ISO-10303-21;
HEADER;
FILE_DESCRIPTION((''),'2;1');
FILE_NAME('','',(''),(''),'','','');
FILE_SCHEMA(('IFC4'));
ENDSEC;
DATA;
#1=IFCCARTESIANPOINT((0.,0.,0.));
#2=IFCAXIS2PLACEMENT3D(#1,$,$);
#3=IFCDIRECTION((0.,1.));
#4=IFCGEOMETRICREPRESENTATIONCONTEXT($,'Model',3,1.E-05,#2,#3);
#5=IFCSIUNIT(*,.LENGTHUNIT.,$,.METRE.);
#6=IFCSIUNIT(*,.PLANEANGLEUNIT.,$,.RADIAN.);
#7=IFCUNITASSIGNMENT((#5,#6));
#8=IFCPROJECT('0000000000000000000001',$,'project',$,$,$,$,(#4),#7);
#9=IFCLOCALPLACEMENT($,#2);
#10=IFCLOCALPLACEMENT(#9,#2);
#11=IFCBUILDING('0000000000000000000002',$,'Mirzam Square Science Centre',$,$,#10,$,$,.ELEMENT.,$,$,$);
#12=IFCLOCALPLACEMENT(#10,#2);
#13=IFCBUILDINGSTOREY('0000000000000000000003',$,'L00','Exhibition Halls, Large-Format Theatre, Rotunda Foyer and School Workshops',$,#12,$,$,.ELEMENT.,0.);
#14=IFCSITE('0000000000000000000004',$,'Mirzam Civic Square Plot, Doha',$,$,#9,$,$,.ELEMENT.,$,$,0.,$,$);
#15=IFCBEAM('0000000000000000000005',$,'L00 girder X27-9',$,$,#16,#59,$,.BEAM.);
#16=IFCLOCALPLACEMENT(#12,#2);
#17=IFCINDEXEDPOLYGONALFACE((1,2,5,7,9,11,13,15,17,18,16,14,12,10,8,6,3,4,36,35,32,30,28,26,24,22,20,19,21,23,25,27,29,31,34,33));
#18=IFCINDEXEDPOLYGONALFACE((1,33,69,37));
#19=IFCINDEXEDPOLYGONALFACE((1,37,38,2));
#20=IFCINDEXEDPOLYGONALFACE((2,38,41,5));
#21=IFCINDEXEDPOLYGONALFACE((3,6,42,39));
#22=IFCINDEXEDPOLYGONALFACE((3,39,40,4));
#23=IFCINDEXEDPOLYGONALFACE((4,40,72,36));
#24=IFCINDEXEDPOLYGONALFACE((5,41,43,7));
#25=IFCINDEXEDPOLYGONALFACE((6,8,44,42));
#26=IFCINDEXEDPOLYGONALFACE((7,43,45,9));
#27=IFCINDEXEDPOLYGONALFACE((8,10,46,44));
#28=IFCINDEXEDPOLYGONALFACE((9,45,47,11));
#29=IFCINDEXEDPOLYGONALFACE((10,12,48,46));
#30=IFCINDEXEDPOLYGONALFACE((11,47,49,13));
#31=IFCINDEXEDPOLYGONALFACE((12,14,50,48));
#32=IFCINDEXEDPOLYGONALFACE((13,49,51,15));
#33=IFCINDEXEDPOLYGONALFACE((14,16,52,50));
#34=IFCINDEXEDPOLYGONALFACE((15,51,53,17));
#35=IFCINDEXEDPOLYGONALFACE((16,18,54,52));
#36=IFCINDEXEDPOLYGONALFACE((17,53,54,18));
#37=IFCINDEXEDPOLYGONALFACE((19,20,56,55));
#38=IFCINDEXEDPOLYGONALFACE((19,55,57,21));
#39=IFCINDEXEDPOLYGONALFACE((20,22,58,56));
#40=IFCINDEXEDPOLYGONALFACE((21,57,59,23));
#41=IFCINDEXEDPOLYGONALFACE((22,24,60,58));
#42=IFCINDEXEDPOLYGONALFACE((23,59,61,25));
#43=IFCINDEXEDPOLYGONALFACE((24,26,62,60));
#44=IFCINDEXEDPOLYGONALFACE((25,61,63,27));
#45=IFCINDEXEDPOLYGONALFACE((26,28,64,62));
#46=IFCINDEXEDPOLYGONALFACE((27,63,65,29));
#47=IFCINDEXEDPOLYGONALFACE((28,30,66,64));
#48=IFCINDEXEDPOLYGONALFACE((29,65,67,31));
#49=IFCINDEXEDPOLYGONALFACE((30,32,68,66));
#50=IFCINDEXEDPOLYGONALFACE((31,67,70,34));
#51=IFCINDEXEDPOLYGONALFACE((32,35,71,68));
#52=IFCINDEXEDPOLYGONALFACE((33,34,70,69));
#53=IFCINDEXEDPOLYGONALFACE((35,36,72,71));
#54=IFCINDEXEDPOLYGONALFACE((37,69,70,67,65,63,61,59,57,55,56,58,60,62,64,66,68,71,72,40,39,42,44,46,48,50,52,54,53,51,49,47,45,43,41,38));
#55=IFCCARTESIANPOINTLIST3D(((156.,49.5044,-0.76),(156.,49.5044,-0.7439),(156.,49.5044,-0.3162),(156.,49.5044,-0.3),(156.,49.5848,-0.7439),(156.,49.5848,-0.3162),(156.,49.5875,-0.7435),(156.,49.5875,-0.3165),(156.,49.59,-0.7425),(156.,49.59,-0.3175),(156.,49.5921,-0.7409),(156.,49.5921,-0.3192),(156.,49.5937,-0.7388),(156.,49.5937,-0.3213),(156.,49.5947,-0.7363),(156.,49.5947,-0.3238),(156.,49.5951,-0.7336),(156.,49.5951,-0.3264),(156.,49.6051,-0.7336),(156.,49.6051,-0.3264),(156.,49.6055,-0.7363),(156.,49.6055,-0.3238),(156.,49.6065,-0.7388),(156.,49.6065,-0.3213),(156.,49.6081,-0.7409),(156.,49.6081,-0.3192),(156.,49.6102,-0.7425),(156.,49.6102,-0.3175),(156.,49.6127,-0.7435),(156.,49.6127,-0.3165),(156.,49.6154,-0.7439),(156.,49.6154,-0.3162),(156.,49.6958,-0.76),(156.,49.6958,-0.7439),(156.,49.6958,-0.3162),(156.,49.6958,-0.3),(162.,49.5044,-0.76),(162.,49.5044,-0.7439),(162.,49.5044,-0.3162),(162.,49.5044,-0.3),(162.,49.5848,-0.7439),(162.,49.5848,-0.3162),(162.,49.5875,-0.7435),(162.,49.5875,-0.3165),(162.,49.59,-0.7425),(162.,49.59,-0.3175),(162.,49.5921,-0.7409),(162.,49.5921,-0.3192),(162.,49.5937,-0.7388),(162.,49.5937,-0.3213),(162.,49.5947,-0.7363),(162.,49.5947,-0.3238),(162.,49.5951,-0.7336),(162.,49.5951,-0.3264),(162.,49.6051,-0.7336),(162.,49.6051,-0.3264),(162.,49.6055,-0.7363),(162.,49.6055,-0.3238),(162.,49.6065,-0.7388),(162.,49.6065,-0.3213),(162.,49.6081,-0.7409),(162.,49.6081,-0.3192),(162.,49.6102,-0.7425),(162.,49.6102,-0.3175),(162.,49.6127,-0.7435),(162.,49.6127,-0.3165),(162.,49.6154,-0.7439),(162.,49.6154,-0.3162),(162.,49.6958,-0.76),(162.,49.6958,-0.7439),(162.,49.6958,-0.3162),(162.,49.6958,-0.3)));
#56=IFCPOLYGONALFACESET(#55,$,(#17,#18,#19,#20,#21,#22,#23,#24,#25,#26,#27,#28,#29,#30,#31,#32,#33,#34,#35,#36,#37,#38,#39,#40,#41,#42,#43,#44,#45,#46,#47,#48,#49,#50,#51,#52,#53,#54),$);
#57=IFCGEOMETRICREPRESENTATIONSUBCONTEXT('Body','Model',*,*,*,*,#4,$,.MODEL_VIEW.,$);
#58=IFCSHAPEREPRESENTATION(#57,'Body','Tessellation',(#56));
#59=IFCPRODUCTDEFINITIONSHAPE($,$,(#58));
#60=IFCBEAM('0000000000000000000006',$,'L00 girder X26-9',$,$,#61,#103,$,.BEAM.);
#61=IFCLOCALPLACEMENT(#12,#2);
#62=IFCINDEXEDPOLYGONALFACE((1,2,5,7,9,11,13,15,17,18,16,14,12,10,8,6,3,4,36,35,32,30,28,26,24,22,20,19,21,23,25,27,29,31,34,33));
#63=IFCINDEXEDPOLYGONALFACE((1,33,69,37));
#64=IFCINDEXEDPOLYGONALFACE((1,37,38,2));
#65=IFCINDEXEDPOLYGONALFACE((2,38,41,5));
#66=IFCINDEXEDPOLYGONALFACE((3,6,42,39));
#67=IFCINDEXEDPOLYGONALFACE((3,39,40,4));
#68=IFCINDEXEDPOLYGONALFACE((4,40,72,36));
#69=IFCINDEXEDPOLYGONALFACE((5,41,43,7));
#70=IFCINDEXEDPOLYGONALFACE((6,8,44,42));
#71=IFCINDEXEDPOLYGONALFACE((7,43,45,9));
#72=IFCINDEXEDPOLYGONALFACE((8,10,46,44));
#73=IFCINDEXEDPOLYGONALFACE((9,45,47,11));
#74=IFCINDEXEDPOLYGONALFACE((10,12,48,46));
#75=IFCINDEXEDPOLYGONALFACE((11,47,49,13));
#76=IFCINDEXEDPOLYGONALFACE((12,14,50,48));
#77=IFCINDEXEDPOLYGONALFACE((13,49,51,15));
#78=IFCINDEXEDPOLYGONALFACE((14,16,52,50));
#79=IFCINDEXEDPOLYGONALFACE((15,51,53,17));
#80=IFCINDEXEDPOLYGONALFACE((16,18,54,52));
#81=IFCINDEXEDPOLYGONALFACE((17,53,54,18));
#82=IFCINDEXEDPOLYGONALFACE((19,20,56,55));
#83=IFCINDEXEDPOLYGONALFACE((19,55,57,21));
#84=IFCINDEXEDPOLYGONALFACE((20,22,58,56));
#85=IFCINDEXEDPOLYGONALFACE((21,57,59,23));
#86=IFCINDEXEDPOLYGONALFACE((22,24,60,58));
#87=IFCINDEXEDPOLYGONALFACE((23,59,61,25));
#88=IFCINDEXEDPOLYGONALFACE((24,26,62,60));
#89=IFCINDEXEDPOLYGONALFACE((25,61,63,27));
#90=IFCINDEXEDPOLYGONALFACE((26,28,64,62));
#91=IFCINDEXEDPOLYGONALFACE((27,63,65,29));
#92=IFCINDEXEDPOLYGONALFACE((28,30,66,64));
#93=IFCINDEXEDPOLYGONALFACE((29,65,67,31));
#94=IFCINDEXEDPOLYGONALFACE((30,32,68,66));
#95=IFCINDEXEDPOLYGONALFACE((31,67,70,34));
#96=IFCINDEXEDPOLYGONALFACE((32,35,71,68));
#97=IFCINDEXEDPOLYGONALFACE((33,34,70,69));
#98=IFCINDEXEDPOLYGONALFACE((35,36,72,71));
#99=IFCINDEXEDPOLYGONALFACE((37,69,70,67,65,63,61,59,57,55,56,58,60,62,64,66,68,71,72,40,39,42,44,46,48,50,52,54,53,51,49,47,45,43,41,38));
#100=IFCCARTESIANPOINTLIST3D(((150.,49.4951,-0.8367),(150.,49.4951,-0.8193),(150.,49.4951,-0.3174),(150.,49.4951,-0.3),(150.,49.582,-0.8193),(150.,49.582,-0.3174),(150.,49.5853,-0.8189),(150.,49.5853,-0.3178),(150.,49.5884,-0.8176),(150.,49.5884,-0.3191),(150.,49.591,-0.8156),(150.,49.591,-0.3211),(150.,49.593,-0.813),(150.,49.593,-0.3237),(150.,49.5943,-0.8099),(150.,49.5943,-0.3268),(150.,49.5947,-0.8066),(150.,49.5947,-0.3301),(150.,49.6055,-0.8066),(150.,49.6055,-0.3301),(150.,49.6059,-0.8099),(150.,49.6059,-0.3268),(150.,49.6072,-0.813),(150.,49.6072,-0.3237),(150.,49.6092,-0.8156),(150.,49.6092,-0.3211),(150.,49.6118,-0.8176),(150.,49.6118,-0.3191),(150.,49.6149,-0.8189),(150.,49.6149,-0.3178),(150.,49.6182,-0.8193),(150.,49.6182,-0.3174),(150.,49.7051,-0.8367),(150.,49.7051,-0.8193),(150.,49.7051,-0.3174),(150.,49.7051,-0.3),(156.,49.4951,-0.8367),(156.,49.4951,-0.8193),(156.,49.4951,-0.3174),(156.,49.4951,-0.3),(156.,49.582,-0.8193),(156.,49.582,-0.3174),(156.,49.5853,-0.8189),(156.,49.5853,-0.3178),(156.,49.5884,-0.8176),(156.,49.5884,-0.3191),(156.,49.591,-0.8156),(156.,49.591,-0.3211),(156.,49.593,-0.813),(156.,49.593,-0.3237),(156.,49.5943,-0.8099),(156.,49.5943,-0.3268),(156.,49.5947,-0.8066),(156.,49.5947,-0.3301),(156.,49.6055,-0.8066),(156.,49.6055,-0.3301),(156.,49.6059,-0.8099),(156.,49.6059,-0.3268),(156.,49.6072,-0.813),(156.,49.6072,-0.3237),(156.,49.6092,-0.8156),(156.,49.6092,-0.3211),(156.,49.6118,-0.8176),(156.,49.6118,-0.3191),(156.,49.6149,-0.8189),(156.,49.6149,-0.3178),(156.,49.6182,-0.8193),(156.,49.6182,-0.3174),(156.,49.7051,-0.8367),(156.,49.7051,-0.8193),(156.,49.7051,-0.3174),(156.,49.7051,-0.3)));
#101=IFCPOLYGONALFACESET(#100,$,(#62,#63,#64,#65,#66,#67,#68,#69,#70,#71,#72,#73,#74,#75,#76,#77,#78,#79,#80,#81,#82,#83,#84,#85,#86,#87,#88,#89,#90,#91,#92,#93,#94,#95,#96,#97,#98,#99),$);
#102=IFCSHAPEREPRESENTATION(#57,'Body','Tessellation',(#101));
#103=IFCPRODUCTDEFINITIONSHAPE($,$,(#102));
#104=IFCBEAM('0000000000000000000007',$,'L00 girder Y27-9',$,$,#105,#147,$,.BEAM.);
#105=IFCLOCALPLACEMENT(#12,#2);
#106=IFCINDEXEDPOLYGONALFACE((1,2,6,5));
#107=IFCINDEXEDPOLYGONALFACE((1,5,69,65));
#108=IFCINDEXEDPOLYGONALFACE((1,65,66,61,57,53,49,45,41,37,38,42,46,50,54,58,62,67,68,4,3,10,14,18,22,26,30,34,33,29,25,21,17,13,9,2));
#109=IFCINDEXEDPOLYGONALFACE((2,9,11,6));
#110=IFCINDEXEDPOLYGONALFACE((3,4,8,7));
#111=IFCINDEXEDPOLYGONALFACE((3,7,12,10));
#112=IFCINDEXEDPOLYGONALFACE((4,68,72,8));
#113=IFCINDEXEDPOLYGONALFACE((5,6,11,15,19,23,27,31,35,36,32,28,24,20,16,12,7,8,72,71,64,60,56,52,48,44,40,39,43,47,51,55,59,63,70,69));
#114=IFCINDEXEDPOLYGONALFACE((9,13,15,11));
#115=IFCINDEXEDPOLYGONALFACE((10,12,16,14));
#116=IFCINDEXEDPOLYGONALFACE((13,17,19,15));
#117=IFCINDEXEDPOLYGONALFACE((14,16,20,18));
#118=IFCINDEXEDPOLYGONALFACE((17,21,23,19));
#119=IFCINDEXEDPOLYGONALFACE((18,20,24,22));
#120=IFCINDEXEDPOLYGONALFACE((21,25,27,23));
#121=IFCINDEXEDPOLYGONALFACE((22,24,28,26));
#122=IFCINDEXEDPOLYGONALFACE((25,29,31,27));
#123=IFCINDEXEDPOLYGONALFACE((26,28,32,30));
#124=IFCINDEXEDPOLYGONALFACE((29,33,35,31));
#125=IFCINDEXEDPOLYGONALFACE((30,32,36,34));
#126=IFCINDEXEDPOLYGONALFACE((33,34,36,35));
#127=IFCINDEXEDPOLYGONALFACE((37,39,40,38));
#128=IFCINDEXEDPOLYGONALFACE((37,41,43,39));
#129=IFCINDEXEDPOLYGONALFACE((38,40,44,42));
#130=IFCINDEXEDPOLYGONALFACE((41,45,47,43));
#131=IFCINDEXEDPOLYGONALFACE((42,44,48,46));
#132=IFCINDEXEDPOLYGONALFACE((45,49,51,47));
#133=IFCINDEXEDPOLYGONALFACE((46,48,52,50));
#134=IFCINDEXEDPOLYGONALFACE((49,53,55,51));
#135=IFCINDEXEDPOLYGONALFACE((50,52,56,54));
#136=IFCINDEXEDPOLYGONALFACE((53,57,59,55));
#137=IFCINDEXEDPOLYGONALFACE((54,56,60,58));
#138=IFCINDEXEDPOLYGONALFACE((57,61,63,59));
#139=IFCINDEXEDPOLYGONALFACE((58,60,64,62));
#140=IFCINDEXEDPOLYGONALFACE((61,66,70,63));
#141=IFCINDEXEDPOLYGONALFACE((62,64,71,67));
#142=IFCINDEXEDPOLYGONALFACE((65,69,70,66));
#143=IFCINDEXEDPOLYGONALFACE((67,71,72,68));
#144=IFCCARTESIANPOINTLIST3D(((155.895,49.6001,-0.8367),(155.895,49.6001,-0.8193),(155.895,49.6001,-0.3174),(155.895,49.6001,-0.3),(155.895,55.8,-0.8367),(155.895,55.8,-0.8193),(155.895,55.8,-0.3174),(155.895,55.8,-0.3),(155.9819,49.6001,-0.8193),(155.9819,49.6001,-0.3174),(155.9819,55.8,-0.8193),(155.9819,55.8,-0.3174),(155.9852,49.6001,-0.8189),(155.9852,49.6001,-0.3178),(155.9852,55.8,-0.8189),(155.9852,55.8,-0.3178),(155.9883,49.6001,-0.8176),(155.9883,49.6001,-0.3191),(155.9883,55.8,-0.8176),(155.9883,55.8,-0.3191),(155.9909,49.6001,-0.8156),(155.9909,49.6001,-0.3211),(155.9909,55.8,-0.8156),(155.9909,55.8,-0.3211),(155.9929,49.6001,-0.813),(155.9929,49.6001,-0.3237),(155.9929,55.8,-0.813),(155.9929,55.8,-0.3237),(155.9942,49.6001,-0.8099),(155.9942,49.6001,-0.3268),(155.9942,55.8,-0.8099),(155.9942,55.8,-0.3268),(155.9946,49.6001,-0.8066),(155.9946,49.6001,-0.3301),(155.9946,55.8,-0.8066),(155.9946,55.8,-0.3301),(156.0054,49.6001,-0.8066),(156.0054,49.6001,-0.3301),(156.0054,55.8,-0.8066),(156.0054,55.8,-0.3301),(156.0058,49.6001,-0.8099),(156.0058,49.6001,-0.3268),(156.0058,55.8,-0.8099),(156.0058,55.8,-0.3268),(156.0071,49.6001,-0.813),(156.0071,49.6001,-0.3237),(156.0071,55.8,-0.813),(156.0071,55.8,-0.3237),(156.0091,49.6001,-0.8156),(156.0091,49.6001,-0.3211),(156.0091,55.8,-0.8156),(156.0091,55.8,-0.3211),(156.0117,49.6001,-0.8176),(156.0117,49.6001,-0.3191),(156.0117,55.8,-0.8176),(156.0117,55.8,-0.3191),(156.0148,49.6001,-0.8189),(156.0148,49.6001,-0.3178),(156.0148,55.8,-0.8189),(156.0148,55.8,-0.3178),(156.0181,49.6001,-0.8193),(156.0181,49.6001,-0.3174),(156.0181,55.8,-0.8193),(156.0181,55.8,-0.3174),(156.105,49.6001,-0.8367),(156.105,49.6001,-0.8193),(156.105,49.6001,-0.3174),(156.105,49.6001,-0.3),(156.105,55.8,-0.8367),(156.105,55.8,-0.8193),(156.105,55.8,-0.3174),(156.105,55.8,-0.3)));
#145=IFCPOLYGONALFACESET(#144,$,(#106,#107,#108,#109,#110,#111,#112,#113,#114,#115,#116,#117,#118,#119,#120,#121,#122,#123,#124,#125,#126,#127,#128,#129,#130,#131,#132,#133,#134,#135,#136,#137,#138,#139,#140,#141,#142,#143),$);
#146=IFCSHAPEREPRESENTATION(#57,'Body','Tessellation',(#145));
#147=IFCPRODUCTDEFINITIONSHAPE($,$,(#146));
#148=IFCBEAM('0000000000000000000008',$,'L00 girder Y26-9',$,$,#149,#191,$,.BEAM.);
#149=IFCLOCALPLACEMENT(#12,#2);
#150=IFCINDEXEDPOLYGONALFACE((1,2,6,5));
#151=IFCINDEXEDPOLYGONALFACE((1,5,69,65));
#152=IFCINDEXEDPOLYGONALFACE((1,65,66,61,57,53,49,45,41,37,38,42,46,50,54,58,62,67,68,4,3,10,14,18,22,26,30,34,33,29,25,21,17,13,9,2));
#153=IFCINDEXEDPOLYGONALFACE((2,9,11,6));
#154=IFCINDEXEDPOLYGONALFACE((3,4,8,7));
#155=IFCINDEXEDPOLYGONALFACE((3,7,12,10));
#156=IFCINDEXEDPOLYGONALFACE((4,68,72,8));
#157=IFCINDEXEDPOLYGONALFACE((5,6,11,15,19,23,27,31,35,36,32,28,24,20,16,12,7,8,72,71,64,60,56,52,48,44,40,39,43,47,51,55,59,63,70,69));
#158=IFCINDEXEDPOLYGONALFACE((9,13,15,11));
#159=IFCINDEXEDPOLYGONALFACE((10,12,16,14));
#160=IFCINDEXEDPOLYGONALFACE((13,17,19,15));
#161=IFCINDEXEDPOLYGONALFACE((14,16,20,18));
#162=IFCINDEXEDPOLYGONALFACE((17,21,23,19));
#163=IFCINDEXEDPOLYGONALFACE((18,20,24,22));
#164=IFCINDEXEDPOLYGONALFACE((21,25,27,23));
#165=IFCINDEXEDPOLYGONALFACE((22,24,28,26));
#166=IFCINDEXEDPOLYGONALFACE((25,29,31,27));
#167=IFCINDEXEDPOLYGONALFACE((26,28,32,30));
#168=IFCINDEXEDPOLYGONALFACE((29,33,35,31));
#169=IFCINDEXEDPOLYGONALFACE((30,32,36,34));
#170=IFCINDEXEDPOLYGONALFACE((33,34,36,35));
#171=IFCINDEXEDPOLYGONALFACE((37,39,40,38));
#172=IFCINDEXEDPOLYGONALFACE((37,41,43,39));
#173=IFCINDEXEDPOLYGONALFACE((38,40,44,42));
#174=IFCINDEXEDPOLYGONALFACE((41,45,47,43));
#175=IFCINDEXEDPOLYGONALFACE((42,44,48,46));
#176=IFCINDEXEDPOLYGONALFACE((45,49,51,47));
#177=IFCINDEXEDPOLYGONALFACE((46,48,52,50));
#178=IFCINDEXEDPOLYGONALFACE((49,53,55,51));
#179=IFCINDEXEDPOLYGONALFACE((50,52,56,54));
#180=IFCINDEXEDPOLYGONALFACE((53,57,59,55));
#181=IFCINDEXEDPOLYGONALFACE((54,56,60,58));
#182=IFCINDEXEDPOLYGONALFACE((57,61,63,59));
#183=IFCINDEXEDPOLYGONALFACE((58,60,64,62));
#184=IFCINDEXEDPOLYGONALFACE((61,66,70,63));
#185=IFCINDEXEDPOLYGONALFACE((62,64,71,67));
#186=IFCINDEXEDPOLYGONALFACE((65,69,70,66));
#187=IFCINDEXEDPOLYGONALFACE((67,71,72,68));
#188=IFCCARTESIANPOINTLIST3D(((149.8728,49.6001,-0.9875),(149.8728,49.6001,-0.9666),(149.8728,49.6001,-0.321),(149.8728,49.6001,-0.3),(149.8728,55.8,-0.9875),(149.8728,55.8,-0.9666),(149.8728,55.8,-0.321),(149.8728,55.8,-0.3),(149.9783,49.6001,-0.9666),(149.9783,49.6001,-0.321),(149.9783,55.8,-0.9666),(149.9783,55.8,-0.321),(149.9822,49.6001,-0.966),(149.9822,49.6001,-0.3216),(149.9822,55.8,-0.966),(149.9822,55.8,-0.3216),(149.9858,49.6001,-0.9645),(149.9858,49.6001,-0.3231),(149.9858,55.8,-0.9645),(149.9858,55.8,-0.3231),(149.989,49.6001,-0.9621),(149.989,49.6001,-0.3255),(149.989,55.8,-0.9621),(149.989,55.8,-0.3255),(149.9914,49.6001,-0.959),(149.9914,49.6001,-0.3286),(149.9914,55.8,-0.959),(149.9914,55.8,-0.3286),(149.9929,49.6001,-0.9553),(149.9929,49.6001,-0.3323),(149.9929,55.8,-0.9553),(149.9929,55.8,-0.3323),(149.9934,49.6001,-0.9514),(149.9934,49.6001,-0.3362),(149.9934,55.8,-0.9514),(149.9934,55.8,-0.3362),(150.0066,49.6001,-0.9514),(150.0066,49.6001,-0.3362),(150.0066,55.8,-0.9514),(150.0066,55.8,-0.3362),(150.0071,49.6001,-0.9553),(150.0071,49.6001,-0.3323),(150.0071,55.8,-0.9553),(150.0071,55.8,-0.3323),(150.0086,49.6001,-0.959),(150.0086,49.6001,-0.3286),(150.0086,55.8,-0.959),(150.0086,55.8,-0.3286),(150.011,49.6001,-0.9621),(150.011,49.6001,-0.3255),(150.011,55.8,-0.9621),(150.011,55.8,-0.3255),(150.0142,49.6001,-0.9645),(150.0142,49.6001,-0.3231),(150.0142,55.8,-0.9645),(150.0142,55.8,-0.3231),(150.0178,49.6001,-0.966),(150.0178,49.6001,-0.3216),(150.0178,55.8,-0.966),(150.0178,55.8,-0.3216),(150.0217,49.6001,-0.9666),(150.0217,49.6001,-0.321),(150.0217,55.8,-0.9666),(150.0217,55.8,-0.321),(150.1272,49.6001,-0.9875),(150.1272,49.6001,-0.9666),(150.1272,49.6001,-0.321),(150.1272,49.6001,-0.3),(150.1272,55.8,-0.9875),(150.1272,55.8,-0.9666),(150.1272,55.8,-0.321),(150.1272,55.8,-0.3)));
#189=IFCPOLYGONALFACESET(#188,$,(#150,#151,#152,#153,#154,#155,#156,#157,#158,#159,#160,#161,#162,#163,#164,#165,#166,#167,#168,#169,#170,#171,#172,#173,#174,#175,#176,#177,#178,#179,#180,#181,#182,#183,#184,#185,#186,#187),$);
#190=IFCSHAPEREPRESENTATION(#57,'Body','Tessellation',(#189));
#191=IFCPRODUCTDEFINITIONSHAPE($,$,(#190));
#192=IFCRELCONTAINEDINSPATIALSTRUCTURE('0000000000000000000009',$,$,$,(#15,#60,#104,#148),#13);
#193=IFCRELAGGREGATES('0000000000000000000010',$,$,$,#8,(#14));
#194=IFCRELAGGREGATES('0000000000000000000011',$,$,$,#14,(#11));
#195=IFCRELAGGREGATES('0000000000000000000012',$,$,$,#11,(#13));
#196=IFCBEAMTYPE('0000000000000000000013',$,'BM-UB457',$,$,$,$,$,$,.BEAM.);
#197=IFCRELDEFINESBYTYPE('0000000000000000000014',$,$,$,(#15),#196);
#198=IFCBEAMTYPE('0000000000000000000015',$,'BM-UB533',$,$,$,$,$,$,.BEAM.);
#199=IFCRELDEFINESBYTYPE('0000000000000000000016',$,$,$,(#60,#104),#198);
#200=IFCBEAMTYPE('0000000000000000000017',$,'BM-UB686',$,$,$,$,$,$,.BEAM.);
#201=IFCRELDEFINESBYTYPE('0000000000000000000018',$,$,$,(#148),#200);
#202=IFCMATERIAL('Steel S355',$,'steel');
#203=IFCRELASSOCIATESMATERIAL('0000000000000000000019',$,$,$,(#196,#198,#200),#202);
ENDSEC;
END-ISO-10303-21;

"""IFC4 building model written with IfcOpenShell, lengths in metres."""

from ifc_helpers import new_model, si_unit, direction, frame, origin, origin_2d, place, context, subcontext, project, spatial, i_section, extrude, material, material_profile, profile_set, type_object, element, save


model = new_model("IFC4")

# Units and contexts
model_context = context("Model", 3, precision=1e-05, world=origin(), true_north=direction((0.0, 1.0)))
body_context = subcontext(model_context, "Body", "Model", "MODEL_VIEW")
ifc_project = project(units=[si_unit("LENGTHUNIT", "METRE"), si_unit("PLANEANGLEUNIT", "RADIAN")], contexts=[model_context])

# Site, building, storey
site_placement = place(None, origin())
site = spatial("IfcSite", under=ifc_project, at=site_placement, Name="Mirzam Civic Square Plot, Doha", CompositionType="ELEMENT", RefElevation=0.0)
building_placement = place(site_placement, origin())
building = spatial("IfcBuilding", under=site, at=building_placement, Name="Mirzam Square Science Centre", CompositionType="ELEMENT")
storey_placement = place(building_placement, origin())
storey = spatial("IfcBuildingStorey", under=building, at=storey_placement, Name="L00", Description="Exhibition Halls, Large-Format Theatre, Rotunda Foyer and School Workshops", CompositionType="ELEMENT", Elevation=0.0)

# Shared definitions
ifc_material_1 = material(Name="Steel S355", Category="steel")

# Beams
ifc_material_profile_1 = material_profile(ifc_material_1, i_section(OverallWidth=0.1914, OverallDepth=0.46, WebThickness=0.01, FlangeThickness=0.0161, FilletRadius=0.0103, at=origin_2d()), Name="457x191x82UB")
ifc_profile_set_1 = profile_set([ifc_material_profile_1], Name="Steel S355")
beam_type_1 = type_object("IfcBeamType", Name="BM-UB457", PredefinedType="BEAM", material=ifc_profile_set_1)
beam_1_placement = place(storey_placement, frame((156.0, 49.6001, -0.53), z_axis=(1.0, 0.0, 0.0), x_axis=(0.0, 1.0, 0.0)))
element("IfcBeam", 1, at=beam_1_placement, inside=storey, type_object=beam_type_1, Name="L00 girder X27-9", PredefinedType="BEAM", context=body_context, shape_type="SweptSolid", body=[
    extrude(i_section(OverallWidth=0.1914, OverallDepth=0.46, WebThickness=0.01, FlangeThickness=0.0161, FilletRadius=0.0103, at=origin_2d()), origin(), (0.0, 0.0, 1.0), 6.0),
])
ifc_material_profile_2 = material_profile(ifc_material_1, i_section(OverallWidth=0.21, OverallDepth=0.5366, WebThickness=0.0107, FlangeThickness=0.0173, FilletRadius=0.0127, at=origin_2d()), Name="533x210x101UB")
ifc_profile_set_2 = profile_set([ifc_material_profile_2], Name="Steel S355")
beam_type_2 = type_object("IfcBeamType", Name="BM-UB533", PredefinedType="BEAM", material=ifc_profile_set_2)
beam_2_placement = place(storey_placement, frame((150.0, 49.6001, -0.5684), z_axis=(1.0, 0.0, 0.0), x_axis=(0.0, 1.0, 0.0)))
element("IfcBeam", 2, at=beam_2_placement, inside=storey, type_object=beam_type_2, Name="L00 girder X26-9", PredefinedType="BEAM", context=body_context, shape_type="SweptSolid", body=[
    extrude(i_section(OverallWidth=0.21, OverallDepth=0.5366, WebThickness=0.0107, FlangeThickness=0.0173, FilletRadius=0.0127, at=origin_2d()), origin(), (0.0, 0.0, 1.0), 6.0),
])
beam_3_placement = place(storey_placement, frame((156.0, 49.6001, -0.5684), z_axis=(0.0, 1.0, 0.0), x_axis=(-1.0, 0.0, 0.0)))
element("IfcBeam", 3, at=beam_3_placement, inside=storey, type_object=beam_type_2, Name="L00 girder Y27-9", PredefinedType="BEAM", context=body_context, shape_type="SweptSolid", body=[
    extrude(i_section(OverallWidth=0.21, OverallDepth=0.5366, WebThickness=0.0107, FlangeThickness=0.0173, FilletRadius=0.0127, at=origin_2d()), origin(), (0.0, 0.0, 1.0), 6.2),
])
ifc_material_profile_3 = material_profile(ifc_material_1, i_section(OverallWidth=0.2544, OverallDepth=0.6875, WebThickness=0.0132, FlangeThickness=0.021, FilletRadius=0.0151, at=origin_2d()), Name="686x254x152UB")
ifc_profile_set_3 = profile_set([ifc_material_profile_3], Name="Steel S355")
beam_type_3 = type_object("IfcBeamType", Name="BM-UB686", PredefinedType="BEAM", material=ifc_profile_set_3)
beam_4_placement = place(storey_placement, frame((150.0, 49.6001, -0.6438), z_axis=(0.0, 1.0, 0.0), x_axis=(-1.0, 0.0, 0.0)))
element("IfcBeam", 4, at=beam_4_placement, inside=storey, type_object=beam_type_3, Name="L00 girder Y26-9", PredefinedType="BEAM", context=body_context, shape_type="SweptSolid", body=[
    extrude(i_section(OverallWidth=0.2544, OverallDepth=0.6875, WebThickness=0.0132, FlangeThickness=0.021, FilletRadius=0.0151, at=origin_2d()), origin(), (0.0, 0.0, 1.0), 6.2),
])

save(model, "model.ifc")
